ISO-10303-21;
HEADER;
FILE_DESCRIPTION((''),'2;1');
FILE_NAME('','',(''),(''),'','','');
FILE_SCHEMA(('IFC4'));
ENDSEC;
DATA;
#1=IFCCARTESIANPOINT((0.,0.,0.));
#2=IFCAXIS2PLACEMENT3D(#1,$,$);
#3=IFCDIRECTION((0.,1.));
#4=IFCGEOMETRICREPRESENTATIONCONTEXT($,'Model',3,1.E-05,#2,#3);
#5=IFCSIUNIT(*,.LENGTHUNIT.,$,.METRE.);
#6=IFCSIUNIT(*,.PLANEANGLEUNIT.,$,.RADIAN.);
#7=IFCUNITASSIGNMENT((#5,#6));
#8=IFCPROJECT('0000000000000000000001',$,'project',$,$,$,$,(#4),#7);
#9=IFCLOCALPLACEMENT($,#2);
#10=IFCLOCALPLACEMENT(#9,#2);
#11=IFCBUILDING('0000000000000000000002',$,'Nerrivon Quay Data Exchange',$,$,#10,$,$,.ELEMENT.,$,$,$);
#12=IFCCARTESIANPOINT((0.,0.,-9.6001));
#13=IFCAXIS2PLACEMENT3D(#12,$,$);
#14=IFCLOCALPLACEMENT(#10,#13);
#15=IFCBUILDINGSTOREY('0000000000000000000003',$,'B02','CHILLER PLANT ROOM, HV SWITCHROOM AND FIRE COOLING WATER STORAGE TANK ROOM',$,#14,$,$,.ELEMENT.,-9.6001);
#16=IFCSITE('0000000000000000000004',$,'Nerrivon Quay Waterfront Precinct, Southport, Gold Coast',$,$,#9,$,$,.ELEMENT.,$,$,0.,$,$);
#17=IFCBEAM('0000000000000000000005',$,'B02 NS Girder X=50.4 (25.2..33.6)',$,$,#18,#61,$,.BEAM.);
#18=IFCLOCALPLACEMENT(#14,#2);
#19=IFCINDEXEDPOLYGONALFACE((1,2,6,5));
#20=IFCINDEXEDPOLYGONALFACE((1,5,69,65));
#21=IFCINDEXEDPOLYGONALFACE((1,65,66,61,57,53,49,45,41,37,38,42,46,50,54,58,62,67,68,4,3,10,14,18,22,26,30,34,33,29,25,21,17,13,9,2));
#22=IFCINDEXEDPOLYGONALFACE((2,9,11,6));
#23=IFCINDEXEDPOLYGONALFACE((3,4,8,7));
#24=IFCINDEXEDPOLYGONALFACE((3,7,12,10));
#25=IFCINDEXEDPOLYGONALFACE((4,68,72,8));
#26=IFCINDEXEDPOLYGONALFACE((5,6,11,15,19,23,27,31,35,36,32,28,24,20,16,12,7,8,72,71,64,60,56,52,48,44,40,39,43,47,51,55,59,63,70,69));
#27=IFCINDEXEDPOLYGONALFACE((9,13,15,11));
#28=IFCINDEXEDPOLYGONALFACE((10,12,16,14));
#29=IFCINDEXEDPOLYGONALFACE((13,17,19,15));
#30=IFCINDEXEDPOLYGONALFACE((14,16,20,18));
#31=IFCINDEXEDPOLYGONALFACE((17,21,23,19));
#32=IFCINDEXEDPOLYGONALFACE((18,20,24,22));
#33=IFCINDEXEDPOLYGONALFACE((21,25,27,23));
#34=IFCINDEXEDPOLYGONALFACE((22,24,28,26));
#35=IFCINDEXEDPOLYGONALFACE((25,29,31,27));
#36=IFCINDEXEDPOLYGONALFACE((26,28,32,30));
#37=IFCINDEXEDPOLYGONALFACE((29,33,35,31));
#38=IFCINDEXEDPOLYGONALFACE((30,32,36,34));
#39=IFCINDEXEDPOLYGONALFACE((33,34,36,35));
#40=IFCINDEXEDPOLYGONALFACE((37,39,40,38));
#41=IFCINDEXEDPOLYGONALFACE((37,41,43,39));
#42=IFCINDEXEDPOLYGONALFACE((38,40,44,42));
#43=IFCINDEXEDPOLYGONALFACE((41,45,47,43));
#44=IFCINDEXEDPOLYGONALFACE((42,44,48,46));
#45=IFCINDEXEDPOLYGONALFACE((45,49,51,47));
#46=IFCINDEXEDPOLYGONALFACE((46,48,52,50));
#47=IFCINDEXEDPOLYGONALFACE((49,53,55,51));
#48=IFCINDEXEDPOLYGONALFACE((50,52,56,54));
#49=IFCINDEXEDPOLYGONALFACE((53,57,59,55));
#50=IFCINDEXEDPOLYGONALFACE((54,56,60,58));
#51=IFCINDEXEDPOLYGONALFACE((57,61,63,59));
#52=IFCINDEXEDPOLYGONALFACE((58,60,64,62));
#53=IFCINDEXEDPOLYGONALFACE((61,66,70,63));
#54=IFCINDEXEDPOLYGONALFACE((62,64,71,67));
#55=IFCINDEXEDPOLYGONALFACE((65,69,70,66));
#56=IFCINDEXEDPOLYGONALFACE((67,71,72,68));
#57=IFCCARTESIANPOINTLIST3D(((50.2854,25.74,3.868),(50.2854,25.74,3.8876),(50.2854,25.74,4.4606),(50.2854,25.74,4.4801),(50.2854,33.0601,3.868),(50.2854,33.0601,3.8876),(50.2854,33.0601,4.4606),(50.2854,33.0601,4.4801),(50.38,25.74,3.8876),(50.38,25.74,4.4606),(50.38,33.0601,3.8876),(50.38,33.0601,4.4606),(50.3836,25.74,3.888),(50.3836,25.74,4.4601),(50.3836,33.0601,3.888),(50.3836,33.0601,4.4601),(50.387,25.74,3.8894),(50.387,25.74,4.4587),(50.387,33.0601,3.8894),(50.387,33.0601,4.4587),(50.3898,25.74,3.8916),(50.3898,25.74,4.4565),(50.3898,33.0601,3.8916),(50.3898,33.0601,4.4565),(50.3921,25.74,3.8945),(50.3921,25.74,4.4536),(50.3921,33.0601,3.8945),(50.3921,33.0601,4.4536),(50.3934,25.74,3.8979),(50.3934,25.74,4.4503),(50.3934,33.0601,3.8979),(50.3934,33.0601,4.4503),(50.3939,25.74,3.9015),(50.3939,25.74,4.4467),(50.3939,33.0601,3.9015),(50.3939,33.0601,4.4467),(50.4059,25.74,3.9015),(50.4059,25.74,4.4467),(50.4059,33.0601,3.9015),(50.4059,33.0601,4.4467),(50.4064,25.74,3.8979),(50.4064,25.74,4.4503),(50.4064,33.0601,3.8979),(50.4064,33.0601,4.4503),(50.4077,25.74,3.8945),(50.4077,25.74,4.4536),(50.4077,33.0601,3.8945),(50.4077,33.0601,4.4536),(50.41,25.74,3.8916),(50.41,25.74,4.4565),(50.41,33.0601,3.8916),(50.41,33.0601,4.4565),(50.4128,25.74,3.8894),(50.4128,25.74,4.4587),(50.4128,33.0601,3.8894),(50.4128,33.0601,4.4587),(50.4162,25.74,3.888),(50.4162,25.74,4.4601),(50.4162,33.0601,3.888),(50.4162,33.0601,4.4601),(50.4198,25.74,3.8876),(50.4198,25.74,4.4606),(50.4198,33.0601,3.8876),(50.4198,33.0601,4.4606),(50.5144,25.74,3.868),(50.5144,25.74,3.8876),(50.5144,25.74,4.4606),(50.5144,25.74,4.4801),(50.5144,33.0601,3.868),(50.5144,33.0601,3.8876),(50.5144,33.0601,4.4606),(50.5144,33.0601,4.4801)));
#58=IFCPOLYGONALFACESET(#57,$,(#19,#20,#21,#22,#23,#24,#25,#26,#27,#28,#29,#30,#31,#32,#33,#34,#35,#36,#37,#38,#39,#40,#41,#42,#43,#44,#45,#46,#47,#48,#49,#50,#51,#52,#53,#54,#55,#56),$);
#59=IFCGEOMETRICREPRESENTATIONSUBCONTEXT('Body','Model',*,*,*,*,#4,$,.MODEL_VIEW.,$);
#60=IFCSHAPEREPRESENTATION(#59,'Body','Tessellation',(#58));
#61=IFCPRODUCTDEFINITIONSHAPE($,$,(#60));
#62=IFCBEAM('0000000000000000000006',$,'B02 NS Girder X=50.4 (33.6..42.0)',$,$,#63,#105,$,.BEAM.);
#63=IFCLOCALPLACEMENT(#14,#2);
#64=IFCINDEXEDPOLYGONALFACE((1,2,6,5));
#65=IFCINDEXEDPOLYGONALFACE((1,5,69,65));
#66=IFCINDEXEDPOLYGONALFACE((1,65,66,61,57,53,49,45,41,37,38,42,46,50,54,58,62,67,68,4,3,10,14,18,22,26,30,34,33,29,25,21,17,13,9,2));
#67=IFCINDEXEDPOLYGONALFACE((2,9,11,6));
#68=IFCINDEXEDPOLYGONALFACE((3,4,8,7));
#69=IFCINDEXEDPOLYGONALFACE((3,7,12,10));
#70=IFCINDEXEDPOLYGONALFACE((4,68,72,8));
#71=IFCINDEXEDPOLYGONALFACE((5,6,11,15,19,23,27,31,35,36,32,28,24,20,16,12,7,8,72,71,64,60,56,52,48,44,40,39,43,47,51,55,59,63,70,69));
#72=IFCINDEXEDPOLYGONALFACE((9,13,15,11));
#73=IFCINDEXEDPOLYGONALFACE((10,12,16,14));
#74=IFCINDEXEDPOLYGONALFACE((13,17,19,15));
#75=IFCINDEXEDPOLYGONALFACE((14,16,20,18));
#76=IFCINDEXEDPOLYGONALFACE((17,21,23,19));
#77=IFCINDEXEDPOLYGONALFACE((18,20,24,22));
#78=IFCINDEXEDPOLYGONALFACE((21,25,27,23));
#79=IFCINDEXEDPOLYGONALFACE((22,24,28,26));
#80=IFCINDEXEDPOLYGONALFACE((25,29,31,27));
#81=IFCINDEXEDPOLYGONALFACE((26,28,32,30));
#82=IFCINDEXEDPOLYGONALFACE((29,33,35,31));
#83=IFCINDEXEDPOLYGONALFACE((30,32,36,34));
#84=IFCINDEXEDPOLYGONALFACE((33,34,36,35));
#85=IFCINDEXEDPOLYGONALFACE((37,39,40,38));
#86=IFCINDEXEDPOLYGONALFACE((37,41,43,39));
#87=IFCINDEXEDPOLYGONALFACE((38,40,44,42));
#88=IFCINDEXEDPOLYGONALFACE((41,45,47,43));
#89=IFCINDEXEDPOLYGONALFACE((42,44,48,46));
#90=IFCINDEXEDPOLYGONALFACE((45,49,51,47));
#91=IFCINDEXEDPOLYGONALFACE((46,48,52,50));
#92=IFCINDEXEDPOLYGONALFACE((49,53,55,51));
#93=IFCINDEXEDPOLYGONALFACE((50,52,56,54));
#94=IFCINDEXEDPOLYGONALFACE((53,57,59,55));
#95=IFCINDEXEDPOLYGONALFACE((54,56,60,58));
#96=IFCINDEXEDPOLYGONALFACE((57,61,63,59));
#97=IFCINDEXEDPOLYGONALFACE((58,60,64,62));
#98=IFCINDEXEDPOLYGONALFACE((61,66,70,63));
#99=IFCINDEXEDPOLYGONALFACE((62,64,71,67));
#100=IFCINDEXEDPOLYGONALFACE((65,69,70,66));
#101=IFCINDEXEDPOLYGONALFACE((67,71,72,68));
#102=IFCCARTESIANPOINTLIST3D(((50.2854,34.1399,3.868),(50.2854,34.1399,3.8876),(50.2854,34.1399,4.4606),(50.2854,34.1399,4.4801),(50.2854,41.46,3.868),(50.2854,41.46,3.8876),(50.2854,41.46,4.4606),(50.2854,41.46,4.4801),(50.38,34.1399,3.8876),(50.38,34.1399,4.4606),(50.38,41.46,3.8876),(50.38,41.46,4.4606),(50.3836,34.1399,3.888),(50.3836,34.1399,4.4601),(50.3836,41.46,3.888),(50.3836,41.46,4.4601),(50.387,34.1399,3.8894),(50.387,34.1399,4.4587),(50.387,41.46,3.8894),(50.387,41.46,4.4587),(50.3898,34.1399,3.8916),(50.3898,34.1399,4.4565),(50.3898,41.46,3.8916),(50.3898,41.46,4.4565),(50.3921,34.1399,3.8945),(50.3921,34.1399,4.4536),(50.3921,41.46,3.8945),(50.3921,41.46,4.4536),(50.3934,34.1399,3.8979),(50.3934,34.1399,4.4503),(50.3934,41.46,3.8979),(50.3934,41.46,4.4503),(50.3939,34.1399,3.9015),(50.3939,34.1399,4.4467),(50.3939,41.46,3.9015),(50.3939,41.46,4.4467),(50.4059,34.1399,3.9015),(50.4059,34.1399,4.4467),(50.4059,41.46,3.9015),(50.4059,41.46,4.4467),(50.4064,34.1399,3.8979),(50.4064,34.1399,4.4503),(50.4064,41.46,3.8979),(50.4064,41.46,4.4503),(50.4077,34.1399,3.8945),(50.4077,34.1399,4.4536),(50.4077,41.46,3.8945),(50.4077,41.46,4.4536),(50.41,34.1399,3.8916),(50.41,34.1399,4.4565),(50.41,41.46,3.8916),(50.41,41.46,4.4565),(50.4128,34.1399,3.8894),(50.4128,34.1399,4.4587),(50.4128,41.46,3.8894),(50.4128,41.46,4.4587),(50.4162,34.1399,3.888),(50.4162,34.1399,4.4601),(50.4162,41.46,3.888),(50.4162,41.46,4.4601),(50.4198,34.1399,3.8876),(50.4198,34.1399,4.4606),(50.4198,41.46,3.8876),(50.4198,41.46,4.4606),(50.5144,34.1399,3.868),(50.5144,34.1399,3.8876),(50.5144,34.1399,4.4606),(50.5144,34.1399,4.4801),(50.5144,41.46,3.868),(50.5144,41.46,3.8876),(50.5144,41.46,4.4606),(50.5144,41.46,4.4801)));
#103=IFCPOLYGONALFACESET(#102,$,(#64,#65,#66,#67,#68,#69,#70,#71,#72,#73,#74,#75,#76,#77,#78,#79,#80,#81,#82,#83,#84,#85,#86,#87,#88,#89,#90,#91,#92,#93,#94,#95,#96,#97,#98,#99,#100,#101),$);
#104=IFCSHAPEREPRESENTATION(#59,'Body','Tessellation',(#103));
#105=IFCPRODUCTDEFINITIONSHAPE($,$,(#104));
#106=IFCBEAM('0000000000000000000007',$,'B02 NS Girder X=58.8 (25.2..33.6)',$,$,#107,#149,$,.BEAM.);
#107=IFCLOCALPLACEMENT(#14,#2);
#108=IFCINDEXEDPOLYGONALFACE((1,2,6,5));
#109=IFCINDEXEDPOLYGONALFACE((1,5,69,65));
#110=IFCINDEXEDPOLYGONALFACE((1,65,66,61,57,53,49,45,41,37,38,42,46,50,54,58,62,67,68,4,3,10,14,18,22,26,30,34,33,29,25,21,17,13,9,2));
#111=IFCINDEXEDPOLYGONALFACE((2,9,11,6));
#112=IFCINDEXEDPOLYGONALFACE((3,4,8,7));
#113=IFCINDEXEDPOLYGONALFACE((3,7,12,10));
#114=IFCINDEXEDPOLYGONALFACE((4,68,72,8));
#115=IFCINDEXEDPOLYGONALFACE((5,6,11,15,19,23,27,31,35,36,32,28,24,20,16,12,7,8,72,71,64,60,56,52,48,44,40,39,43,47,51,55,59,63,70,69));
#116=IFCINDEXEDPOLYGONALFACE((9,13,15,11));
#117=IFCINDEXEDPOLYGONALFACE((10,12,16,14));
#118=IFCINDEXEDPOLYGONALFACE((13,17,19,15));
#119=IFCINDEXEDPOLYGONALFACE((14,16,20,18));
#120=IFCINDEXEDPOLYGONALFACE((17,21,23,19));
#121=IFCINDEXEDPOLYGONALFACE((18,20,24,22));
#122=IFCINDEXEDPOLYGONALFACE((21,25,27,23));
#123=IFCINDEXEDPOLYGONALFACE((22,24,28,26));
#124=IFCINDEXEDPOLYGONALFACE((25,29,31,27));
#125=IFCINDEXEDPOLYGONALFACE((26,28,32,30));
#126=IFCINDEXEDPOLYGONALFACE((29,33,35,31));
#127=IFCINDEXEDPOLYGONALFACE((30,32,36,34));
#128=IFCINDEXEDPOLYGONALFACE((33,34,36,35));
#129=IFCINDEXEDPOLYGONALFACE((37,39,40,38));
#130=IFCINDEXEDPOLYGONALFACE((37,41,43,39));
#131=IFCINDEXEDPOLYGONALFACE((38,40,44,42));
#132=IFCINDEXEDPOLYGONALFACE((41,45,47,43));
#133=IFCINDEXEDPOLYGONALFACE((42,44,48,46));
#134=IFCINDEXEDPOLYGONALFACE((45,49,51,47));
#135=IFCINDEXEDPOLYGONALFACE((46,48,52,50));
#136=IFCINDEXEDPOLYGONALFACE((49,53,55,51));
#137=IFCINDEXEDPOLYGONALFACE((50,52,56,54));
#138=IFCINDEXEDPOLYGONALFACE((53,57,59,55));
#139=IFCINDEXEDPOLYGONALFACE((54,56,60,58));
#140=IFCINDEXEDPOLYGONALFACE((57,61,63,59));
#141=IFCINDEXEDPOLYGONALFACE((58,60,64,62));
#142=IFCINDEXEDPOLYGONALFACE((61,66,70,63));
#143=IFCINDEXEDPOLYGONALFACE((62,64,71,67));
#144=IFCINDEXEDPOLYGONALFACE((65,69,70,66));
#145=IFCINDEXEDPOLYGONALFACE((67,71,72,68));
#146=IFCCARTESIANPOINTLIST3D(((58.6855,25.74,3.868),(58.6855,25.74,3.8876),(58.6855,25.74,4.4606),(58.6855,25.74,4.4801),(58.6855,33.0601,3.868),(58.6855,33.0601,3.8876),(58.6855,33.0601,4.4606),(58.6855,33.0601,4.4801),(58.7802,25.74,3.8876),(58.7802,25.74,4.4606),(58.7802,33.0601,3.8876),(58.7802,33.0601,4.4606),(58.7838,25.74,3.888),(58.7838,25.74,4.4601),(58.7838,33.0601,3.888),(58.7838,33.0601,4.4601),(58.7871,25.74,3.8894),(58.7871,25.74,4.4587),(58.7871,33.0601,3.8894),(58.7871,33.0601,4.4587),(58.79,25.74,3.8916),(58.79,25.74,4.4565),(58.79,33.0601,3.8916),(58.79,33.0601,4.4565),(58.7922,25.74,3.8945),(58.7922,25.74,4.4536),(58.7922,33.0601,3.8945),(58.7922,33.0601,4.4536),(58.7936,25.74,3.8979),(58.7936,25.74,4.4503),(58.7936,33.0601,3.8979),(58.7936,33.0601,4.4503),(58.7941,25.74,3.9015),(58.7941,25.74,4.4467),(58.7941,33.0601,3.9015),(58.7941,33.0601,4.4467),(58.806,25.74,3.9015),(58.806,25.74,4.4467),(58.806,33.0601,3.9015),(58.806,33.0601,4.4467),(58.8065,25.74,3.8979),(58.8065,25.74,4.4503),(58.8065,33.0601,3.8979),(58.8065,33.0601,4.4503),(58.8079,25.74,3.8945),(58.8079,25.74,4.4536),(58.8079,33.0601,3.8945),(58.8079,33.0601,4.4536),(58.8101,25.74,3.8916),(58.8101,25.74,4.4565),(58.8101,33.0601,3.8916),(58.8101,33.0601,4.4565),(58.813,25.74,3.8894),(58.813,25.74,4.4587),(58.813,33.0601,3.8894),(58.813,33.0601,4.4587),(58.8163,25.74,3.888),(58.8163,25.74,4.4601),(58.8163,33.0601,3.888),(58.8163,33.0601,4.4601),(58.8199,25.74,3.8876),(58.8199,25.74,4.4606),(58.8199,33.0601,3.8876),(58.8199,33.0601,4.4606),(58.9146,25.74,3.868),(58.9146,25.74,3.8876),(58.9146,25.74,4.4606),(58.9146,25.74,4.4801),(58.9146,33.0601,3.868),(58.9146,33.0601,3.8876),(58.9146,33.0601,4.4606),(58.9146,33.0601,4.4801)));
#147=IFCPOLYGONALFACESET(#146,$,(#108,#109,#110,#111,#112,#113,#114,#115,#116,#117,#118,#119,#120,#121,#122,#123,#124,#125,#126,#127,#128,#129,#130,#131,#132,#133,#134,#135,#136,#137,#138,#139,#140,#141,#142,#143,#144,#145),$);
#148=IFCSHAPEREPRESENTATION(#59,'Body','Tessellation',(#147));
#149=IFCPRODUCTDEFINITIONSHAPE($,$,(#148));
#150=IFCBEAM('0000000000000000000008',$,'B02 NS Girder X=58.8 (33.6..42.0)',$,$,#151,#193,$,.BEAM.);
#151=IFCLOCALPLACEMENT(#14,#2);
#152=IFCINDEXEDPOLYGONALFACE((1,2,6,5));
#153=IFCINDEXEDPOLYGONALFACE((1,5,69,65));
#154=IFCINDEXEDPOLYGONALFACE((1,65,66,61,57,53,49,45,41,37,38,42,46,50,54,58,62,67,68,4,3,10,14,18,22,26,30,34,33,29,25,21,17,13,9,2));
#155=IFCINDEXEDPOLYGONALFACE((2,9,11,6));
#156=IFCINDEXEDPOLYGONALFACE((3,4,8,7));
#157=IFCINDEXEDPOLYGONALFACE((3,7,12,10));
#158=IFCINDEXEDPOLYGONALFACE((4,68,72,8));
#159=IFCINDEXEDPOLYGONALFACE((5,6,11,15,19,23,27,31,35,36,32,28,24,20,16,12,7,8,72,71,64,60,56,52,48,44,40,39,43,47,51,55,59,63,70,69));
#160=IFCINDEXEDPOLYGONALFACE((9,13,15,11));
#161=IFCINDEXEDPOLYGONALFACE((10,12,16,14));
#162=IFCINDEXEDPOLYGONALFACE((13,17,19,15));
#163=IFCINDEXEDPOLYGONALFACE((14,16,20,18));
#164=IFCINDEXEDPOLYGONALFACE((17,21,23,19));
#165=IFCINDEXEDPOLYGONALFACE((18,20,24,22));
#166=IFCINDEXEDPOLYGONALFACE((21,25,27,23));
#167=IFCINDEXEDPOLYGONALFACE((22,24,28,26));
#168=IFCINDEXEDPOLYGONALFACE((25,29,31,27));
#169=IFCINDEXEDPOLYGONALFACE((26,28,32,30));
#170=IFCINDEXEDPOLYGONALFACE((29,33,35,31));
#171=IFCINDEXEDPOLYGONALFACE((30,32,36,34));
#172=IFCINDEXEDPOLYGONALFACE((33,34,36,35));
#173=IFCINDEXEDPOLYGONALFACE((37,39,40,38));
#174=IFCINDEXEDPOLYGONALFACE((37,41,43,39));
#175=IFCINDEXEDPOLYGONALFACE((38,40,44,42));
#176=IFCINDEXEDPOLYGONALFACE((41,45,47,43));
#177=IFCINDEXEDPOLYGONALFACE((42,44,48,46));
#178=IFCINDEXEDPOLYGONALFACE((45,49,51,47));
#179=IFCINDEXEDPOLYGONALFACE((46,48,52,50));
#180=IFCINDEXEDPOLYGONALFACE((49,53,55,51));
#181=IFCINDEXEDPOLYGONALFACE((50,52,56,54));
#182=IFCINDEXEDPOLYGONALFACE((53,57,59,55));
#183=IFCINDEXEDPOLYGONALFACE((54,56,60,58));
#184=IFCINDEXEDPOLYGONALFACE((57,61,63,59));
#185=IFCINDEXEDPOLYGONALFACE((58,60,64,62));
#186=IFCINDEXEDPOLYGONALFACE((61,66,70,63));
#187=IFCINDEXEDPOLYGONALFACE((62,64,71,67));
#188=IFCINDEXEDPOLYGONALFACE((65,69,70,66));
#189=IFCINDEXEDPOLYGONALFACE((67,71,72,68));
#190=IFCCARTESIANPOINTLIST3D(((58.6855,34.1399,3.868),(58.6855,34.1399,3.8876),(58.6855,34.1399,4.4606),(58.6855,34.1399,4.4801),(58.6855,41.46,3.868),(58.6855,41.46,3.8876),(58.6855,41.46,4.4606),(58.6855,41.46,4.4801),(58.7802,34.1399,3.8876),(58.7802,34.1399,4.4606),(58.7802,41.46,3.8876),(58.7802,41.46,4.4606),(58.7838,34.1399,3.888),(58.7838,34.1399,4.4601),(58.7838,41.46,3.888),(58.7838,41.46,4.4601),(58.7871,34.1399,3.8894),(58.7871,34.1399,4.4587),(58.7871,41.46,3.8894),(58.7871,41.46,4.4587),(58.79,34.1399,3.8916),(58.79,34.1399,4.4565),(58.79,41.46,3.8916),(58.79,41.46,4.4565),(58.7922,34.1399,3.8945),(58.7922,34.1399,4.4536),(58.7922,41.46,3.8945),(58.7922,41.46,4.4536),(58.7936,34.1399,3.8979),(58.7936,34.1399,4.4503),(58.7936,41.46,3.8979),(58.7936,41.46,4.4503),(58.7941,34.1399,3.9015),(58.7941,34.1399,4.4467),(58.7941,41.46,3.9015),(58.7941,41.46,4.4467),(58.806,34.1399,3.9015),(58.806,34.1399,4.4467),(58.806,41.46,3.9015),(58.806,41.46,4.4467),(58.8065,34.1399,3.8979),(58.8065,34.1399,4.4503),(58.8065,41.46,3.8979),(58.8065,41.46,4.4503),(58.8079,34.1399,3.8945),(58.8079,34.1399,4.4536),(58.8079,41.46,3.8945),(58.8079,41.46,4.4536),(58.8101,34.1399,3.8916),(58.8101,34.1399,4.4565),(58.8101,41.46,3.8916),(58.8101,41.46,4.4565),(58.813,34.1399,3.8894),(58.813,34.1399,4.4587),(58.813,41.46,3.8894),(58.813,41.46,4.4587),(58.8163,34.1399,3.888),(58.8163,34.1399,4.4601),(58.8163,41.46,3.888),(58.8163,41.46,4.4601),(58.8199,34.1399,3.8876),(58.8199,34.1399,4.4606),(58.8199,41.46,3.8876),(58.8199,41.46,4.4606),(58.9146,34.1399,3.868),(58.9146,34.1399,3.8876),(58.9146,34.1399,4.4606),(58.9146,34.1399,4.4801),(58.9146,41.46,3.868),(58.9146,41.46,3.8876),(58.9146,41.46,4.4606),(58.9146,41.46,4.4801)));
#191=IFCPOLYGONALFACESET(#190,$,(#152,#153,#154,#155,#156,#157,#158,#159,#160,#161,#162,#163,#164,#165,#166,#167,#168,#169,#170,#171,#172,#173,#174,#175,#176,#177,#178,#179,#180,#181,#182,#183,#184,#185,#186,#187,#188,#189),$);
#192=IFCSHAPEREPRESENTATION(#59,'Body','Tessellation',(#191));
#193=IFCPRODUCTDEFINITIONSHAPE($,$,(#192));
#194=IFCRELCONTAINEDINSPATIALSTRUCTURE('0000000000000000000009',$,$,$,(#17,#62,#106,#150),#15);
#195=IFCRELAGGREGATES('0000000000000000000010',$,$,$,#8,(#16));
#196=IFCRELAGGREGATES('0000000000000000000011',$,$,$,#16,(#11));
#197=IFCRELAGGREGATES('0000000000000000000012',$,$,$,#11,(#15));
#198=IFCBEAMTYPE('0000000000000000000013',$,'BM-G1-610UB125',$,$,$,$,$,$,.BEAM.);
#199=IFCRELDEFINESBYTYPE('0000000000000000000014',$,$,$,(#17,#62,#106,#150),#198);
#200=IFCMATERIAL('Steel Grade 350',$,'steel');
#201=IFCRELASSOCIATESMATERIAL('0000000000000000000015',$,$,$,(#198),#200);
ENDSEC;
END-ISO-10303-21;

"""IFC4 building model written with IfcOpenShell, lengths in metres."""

from ifc_helpers import new_model, si_unit, direction, frame, origin, origin_2d, place, context, subcontext, project, spatial, i_section, extrude, material, material_profile, profile_set, type_object, element, save


model = new_model("IFC4")

# Units and contexts
model_context = context("Model", 3, precision=1e-05, world=origin(), true_north=direction((0.0, 1.0)))
body_context = subcontext(model_context, "Body", "Model", "MODEL_VIEW")
ifc_project = project(units=[si_unit("LENGTHUNIT", "METRE"), si_unit("PLANEANGLEUNIT", "RADIAN")], contexts=[model_context])

# Site, building, storey
site_placement = place(None, origin())
site = spatial("IfcSite", under=ifc_project, at=site_placement, Name="Nerrivon Quay Waterfront Precinct, Southport, Gold Coast", CompositionType="ELEMENT", RefElevation=0.0)
building_placement = place(site_placement, origin())
building = spatial("IfcBuilding", under=site, at=building_placement, Name="Nerrivon Quay Data Exchange", CompositionType="ELEMENT")
storey_placement = place(building_placement, frame((0.0, 0.0, -9.6001)))
storey = spatial("IfcBuildingStorey", under=building, at=storey_placement, Name="B02", Description="CHILLER PLANT ROOM, HV SWITCHROOM AND FIRE COOLING WATER STORAGE TANK ROOM", CompositionType="ELEMENT", Elevation=-9.6001)

# Beams
ifc_material_1 = material(Name="Steel Grade 350", Category="steel")
ifc_material_profile_1 = material_profile(ifc_material_1, i_section(OverallWidth=0.229, OverallDepth=0.6121, WebThickness=0.012, FlangeThickness=0.0195, FilletRadius=0.0139, at=origin_2d()), Name="610UB125")
ifc_profile_set_1 = profile_set([ifc_material_profile_1], Name="Steel Grade 350")
beam_type_1 = type_object("IfcBeamType", Name="BM-G1-610UB125", PredefinedType="BEAM", material=ifc_profile_set_1)
for number, where, z_axis, x_axis, name in (
    (1, (50.3999, 25.74, 4.1741), (0.0, 1.0, 0.0), (-1.0, 0.0, 0.0), "B02 NS Girder X=50.4 (25.2..33.6)"),
    (2, (50.3999, 34.1399, 4.1741), (0.0, 1.0, 0.0), (-1.0, 0.0, 0.0), "B02 NS Girder X=50.4 (33.6..42.0)"),
    (3, (58.8, 25.74, 4.1741), (0.0, 1.0, 0.0), (-1.0, 0.0, 0.0), "B02 NS Girder X=58.8 (25.2..33.6)"),
    (4, (58.8, 34.1399, 4.1741), (0.0, 1.0, 0.0), (-1.0, 0.0, 0.0), "B02 NS Girder X=58.8 (33.6..42.0)"),
):
    element("IfcBeam", number, at=place(storey_placement, frame(where, z_axis=z_axis, x_axis=x_axis)), inside=storey, type_object=beam_type_1, Name=name, PredefinedType="BEAM", context=body_context, shape_type="SweptSolid", body=[
        extrude(i_section(OverallWidth=0.229, OverallDepth=0.6121, WebThickness=0.012, FlangeThickness=0.0195, FilletRadius=0.0139, at=origin_2d()), origin(), (0.0, 0.0, 1.0), 7.3201),
    ])

save(model, "model.ifc")
